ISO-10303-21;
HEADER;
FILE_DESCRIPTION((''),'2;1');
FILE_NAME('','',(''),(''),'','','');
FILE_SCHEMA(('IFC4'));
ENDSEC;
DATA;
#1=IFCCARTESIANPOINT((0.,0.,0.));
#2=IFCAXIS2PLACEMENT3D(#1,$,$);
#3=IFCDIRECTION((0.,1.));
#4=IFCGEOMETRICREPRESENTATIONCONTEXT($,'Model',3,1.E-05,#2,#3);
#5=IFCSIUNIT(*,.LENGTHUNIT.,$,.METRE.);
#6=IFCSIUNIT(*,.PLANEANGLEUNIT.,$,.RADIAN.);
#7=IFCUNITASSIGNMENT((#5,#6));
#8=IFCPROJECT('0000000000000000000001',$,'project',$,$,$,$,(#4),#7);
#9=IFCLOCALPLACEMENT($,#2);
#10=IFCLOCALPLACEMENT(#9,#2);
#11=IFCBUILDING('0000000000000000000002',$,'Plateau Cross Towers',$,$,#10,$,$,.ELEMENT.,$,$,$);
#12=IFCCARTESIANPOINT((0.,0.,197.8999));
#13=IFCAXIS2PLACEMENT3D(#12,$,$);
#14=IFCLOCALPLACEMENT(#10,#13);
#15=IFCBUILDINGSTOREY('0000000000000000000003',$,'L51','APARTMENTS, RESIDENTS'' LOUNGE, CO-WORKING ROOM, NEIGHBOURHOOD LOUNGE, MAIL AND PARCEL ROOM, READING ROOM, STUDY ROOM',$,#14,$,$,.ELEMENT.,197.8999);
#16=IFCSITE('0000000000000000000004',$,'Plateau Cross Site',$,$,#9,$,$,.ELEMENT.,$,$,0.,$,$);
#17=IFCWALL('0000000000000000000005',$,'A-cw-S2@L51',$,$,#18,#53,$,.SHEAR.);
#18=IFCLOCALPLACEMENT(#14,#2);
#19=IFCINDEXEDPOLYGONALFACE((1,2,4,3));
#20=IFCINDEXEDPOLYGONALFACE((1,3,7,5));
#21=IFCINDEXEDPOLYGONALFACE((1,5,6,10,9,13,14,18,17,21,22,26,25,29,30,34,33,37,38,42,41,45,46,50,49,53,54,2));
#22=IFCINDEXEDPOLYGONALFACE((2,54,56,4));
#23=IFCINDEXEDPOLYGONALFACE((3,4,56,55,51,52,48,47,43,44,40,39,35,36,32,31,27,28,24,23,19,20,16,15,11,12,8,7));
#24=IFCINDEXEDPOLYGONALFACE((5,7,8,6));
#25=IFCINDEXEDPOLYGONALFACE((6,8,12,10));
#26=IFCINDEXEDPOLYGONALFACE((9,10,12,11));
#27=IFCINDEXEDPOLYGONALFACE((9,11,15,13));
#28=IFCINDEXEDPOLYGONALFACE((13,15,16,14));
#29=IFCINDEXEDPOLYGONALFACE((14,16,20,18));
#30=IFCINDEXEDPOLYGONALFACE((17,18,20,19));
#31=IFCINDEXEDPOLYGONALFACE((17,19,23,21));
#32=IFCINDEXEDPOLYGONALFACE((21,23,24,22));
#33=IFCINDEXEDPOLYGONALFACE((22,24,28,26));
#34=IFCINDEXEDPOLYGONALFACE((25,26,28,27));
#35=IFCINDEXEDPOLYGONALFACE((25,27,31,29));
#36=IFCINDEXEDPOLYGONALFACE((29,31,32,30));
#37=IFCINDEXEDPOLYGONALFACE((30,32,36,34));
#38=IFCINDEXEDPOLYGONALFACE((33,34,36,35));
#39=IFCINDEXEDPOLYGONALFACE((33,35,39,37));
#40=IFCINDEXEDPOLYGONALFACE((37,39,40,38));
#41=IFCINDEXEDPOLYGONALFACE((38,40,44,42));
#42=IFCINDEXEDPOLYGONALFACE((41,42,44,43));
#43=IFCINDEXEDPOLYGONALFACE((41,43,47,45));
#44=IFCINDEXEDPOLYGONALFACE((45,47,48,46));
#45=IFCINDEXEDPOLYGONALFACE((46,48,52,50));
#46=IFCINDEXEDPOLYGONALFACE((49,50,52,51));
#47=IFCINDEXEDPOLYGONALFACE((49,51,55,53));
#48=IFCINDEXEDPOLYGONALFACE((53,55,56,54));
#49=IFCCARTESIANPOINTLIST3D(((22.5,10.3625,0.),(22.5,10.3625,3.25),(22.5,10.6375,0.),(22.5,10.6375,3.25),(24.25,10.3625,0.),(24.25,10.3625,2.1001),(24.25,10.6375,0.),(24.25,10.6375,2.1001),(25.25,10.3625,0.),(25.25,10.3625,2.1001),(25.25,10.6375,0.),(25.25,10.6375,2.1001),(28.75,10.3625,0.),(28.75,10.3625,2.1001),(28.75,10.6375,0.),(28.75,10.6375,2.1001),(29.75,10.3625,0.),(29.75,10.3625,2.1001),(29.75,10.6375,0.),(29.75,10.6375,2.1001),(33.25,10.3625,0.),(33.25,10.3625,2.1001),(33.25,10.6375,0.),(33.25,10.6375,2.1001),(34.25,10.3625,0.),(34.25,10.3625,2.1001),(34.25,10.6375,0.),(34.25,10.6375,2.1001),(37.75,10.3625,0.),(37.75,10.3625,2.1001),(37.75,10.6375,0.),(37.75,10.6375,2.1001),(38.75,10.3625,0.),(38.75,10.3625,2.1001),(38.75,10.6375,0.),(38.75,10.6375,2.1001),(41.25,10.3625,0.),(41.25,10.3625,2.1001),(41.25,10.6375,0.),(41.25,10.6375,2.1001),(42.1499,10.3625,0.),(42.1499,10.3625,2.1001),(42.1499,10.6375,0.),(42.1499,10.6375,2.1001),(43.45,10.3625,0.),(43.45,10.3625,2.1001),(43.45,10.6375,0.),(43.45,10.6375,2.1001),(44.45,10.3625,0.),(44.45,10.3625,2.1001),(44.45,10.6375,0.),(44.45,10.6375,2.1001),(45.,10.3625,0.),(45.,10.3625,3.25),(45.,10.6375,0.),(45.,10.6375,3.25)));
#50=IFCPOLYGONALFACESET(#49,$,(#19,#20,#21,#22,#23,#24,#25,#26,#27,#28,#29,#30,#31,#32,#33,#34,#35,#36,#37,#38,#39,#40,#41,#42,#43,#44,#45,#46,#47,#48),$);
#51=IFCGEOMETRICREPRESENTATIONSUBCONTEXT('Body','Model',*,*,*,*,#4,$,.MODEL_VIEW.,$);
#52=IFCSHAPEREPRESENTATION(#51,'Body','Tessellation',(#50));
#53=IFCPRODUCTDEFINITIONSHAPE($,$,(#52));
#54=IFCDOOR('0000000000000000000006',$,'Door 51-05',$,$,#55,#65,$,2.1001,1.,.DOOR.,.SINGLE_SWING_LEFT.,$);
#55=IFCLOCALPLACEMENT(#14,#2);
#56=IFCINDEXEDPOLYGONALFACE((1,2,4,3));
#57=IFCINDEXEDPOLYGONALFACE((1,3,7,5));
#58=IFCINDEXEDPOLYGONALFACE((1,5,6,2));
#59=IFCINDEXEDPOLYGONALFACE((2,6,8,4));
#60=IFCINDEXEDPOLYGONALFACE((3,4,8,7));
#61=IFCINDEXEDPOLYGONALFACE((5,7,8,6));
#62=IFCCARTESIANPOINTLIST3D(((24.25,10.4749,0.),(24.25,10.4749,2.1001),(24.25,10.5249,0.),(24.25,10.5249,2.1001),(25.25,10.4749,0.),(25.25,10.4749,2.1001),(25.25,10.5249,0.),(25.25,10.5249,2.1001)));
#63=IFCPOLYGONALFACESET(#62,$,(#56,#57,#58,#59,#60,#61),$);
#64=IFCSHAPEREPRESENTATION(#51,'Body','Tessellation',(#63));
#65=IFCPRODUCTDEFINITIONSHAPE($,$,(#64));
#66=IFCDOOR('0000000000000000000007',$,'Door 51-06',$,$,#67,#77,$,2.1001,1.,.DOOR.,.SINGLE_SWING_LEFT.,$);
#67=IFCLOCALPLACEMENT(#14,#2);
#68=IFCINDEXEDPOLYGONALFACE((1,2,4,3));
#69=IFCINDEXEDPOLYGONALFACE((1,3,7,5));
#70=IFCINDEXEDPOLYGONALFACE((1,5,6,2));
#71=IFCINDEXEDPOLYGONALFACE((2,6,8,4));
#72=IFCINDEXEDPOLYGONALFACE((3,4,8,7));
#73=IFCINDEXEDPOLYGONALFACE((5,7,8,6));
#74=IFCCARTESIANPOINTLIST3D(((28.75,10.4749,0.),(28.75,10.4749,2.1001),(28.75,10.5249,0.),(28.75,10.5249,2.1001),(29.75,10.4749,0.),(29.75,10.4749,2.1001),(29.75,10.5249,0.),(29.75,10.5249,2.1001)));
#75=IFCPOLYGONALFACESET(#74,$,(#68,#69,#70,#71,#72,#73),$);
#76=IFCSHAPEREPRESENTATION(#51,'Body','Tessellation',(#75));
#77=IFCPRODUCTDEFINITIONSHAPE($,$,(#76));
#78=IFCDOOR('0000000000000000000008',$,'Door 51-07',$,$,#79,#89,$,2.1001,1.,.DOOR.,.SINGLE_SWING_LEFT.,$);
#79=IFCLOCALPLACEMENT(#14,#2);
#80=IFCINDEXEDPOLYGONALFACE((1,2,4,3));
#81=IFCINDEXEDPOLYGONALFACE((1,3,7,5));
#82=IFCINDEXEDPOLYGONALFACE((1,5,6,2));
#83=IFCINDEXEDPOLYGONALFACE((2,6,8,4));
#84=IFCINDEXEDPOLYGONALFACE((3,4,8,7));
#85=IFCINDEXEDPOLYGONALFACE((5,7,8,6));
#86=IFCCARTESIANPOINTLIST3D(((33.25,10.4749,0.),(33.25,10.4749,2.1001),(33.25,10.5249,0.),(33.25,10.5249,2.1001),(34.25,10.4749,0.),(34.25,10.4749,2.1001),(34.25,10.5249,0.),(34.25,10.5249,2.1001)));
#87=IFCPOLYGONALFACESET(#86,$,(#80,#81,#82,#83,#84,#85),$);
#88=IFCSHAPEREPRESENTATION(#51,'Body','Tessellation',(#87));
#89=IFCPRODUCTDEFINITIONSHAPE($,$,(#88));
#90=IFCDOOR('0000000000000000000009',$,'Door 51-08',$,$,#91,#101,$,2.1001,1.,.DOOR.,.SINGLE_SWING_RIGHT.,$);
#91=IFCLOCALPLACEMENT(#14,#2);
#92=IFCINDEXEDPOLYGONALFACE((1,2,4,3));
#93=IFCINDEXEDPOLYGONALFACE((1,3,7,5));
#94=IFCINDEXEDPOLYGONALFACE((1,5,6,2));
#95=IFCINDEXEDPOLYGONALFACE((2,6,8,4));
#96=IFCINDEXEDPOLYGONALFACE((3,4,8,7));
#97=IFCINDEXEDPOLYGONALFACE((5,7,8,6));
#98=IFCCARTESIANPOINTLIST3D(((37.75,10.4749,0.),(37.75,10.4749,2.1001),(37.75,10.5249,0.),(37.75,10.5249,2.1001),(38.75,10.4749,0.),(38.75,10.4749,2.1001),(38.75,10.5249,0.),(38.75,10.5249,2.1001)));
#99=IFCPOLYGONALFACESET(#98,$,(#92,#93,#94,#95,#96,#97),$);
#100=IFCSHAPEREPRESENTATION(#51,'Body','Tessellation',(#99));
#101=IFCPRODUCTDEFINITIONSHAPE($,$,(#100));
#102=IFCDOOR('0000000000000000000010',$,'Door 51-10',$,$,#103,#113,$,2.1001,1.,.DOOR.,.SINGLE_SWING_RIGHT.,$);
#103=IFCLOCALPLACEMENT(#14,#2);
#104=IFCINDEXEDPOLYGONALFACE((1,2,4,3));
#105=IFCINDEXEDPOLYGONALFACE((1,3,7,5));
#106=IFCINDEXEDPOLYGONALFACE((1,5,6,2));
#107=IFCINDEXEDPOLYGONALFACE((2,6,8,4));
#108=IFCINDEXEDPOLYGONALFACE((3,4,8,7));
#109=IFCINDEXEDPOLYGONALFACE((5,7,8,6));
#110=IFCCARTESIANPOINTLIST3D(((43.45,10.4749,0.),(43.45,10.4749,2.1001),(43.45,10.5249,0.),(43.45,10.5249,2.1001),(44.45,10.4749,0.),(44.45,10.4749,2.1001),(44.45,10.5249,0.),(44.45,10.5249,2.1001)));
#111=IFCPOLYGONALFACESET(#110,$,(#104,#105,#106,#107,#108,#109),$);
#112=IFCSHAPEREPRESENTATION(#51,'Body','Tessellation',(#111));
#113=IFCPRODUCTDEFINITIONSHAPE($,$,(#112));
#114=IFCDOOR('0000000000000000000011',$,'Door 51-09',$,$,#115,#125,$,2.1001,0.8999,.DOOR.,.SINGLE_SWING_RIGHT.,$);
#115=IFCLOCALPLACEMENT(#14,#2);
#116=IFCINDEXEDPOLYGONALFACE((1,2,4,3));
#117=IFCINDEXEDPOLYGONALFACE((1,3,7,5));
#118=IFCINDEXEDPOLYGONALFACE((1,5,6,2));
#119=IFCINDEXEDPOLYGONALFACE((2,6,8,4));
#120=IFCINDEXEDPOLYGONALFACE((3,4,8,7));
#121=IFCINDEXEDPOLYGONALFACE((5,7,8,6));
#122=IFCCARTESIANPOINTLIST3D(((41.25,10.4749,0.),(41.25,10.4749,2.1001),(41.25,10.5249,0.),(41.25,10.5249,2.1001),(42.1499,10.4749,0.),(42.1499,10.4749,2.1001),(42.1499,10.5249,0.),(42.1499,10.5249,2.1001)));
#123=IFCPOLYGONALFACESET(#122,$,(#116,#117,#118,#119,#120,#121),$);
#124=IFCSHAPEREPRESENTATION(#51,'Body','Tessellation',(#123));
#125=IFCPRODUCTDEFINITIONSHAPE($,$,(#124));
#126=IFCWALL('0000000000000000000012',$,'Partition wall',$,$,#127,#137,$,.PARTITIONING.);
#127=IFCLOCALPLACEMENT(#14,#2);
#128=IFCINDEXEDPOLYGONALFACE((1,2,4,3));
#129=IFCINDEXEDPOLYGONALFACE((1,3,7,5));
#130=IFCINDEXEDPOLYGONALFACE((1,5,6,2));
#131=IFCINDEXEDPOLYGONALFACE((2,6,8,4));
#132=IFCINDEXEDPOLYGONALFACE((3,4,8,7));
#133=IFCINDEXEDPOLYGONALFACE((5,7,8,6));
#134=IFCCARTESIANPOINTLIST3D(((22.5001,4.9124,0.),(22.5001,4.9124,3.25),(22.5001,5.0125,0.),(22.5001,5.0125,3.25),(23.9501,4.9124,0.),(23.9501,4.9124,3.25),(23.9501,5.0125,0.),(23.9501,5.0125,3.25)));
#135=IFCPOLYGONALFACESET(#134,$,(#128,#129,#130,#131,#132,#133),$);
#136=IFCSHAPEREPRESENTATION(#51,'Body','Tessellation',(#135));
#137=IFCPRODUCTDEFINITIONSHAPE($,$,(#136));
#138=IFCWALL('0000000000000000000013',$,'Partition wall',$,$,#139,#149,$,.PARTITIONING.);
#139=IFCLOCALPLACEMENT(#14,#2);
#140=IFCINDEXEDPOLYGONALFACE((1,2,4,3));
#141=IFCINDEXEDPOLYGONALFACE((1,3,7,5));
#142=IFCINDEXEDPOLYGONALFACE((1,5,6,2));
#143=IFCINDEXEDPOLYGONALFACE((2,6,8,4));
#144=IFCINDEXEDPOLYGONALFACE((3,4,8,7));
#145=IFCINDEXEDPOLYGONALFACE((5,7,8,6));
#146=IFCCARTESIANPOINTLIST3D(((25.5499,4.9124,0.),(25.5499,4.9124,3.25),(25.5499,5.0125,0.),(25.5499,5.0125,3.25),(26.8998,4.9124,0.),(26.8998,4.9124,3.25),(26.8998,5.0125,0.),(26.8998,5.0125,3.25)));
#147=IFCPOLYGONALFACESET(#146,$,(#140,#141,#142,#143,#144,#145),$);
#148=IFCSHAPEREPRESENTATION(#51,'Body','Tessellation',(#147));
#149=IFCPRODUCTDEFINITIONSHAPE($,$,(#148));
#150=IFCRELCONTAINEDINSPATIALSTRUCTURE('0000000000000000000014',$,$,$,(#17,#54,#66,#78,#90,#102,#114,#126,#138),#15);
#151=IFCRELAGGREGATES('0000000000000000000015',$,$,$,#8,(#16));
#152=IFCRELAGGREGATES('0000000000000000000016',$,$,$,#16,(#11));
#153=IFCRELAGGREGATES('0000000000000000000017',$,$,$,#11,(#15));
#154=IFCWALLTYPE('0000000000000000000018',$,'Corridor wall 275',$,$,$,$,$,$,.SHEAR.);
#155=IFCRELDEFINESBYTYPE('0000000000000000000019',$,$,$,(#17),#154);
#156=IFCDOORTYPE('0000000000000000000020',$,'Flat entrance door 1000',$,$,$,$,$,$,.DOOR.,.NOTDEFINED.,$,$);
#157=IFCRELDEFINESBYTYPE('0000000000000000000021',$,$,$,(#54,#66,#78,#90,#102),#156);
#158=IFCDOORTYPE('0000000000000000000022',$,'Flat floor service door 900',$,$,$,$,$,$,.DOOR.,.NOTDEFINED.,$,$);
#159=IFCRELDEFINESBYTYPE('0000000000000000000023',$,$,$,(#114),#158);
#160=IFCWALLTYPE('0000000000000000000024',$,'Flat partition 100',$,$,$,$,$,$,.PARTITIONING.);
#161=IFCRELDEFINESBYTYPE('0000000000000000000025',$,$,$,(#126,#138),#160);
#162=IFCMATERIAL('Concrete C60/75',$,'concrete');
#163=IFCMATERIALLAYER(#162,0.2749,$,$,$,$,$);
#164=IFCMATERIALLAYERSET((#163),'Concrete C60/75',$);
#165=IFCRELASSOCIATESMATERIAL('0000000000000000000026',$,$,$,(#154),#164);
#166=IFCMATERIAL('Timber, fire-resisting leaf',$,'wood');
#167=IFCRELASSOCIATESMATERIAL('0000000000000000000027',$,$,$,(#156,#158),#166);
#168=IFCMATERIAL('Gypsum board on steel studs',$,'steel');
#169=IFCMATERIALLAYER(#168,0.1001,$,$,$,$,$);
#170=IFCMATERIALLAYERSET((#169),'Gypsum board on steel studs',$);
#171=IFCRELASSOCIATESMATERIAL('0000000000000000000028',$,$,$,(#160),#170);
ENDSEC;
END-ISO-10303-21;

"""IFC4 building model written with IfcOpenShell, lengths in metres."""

from ifc_helpers import new_model, si_unit, direction, frame, frame_2d, origin, place, context, subcontext, project, spatial, rectangle, extrude, material, layer, layer_set, type_object, element, fill, save


model = new_model("IFC4")

# Units and contexts
model_context = context("Model", 3, precision=1e-05, world=origin(), true_north=direction((0.0, 1.0)))
body_context = subcontext(model_context, "Body", "Model", "MODEL_VIEW")
ifc_project = project(units=[si_unit("LENGTHUNIT", "METRE"), si_unit("PLANEANGLEUNIT", "RADIAN")], contexts=[model_context])

# Site, building, storey
site_placement = place(None, origin())
site = spatial("IfcSite", under=ifc_project, at=site_placement, Name="Plateau Cross Site", CompositionType="ELEMENT", RefElevation=0.0)
building_placement = place(site_placement, origin())
building = spatial("IfcBuilding", under=site, at=building_placement, Name="Plateau Cross Towers", CompositionType="ELEMENT")
storey_placement = place(building_placement, frame((0.0, 0.0, 197.8999)))
storey = spatial("IfcBuildingStorey", under=building, at=storey_placement, Name="L51", Description="APARTMENTS, RESIDENTS' LOUNGE, CO-WORKING ROOM, NEIGHBOURHOOD LOUNGE, MAIL AND PARCEL ROOM, READING ROOM, STUDY ROOM", CompositionType="ELEMENT", Elevation=197.8999)

# Shared definitions
ifc_material_1 = material(Name="Concrete C60/75", Category="concrete")

# Wall, openings, doors
ifc_layer_1 = layer(ifc_material_1, 0.2749)
ifc_layer_set_1 = layer_set([ifc_layer_1], Name="Concrete C60/75")
wall_type_1 = type_object("IfcWallType", Name="Corridor wall 275", PredefinedType="SHEAR", material=ifc_layer_set_1)
ifc_material_2 = material(Name="Timber, fire-resisting leaf", Category="wood")
door_type_1 = type_object("IfcDoorType", Name="Flat entrance door 1000", OperationType="NOTDEFINED", PredefinedType="DOOR", material=ifc_material_2)
wall_1_placement = place(storey_placement, frame((22.5, 10.5, 0.0), z_axis=(0.0, 0.0, 1.0), x_axis=(1.0, 0.0, 0.0)))
wall_1 = element("IfcWall", 1, at=wall_1_placement, inside=storey, type_object=wall_type_1, Name="A-cw-S2@L51", PredefinedType="SHEAR", context=body_context, shape_type="SweptSolid", body=[
    extrude(rectangle(XDim=22.5, YDim=0.2749, at=frame_2d((11.25, 0.0))), origin(), (0.0, 0.0, 1.0), 3.25),
])
opening_1_placement = place(wall_1_placement, frame((1.75, 0.0, 0.0)))
opening_1 = element("IfcOpeningElement", 2, at=opening_1_placement, cuts=wall_1, PredefinedType="OPENING", context=body_context, shape_type="SweptSolid", body=[
    extrude(rectangle(XDim=1.0, YDim=2.1001, at=frame_2d((0.5, 1.05))), frame((0.0, 0.1475, 0.0), z_axis=(0.0, -1.0, 0.0), x_axis=(1.0, 0.0, 0.0)), (0.0, 0.0, 1.0), 0.2949),
])
opening_2_placement = place(wall_1_placement, frame((6.25, 0.0, 0.0)))
opening_2 = element("IfcOpeningElement", 3, at=opening_2_placement, cuts=wall_1, PredefinedType="OPENING", context=body_context, shape_type="SweptSolid", body=[
    extrude(rectangle(XDim=1.0, YDim=2.1001, at=frame_2d((0.5, 1.05))), frame((0.0, 0.1475, 0.0), z_axis=(0.0, -1.0, 0.0), x_axis=(1.0, 0.0, 0.0)), (0.0, 0.0, 1.0), 0.2949),
])
opening_3_placement = place(wall_1_placement, frame((10.75, 0.0, 0.0)))
opening_3 = element("IfcOpeningElement", 4, at=opening_3_placement, cuts=wall_1, PredefinedType="OPENING", context=body_context, shape_type="SweptSolid", body=[
    extrude(rectangle(XDim=1.0, YDim=2.1001, at=frame_2d((0.5, 1.05))), frame((0.0, 0.1475, 0.0), z_axis=(0.0, -1.0, 0.0), x_axis=(1.0, 0.0, 0.0)), (0.0, 0.0, 1.0), 0.2949),
])
opening_4_placement = place(wall_1_placement, frame((15.25, 0.0, 0.0)))
opening_4 = element("IfcOpeningElement", 5, at=opening_4_placement, cuts=wall_1, PredefinedType="OPENING", context=body_context, shape_type="SweptSolid", body=[
    extrude(rectangle(XDim=1.0, YDim=2.1001, at=frame_2d((0.5, 1.05))), frame((0.0, 0.1475, 0.0), z_axis=(0.0, -1.0, 0.0), x_axis=(1.0, 0.0, 0.0)), (0.0, 0.0, 1.0), 0.2949),
])
opening_5_placement = place(wall_1_placement, frame((18.75, 0.0, 0.0)))
opening_5 = element("IfcOpeningElement", 6, at=opening_5_placement, cuts=wall_1, PredefinedType="OPENING", context=body_context, shape_type="SweptSolid", body=[
    extrude(rectangle(XDim=0.8999, YDim=2.1001, at=frame_2d((0.45, 1.05))), frame((0.0, 0.1475, 0.0), z_axis=(0.0, -1.0, 0.0), x_axis=(1.0, 0.0, 0.0)), (0.0, 0.0, 1.0), 0.2949),
])
opening_6_placement = place(wall_1_placement, frame((20.95, 0.0, 0.0)))
opening_6 = element("IfcOpeningElement", 7, at=opening_6_placement, cuts=wall_1, PredefinedType="OPENING", context=body_context, shape_type="SweptSolid", body=[
    extrude(rectangle(XDim=1.0, YDim=2.1001, at=frame_2d((0.5, 1.05))), frame((0.0, 0.1475, 0.0), z_axis=(0.0, -1.0, 0.0), x_axis=(1.0, 0.0, 0.0)), (0.0, 0.0, 1.0), 0.2949),
])
door_1_placement = place(opening_1_placement, origin())
door_1 = element("IfcDoor", 8, at=door_1_placement, inside=storey, type_object=door_type_1, Name="Door 51-05", OperationType="SINGLE_SWING_LEFT", OverallHeight=2.1001, OverallWidth=1.0, PredefinedType="DOOR", context=body_context, shape_type="SweptSolid", body=[
    extrude(rectangle(XDim=1.0, YDim=2.1001, at=frame_2d((0.5, 1.05))), frame((0.0, 0.0249, 0.0), z_axis=(0.0, -1.0, 0.0), x_axis=(1.0, 0.0, 0.0)), (0.0, 0.0, 1.0), 0.05),
])
fill(opening_1, door_1)
door_2_placement = place(opening_2_placement, origin())
door_2 = element("IfcDoor", 9, at=door_2_placement, inside=storey, type_object=door_type_1, Name="Door 51-06", OperationType="SINGLE_SWING_LEFT", OverallHeight=2.1001, OverallWidth=1.0, PredefinedType="DOOR", context=body_context, shape_type="SweptSolid", body=[
    extrude(rectangle(XDim=1.0, YDim=2.1001, at=frame_2d((0.5, 1.05))), frame((0.0, 0.0249, 0.0), z_axis=(0.0, -1.0, 0.0), x_axis=(1.0, 0.0, 0.0)), (0.0, 0.0, 1.0), 0.05),
])
fill(opening_2, door_2)
door_3_placement = place(opening_3_placement, origin())
door_3 = element("IfcDoor", 10, at=door_3_placement, inside=storey, type_object=door_type_1, Name="Door 51-07", OperationType="SINGLE_SWING_LEFT", OverallHeight=2.1001, OverallWidth=1.0, PredefinedType="DOOR", context=body_context, shape_type="SweptSolid", body=[
    extrude(rectangle(XDim=1.0, YDim=2.1001, at=frame_2d((0.5, 1.05))), frame((0.0, 0.0249, 0.0), z_axis=(0.0, -1.0, 0.0), x_axis=(1.0, 0.0, 0.0)), (0.0, 0.0, 1.0), 0.05),
])
fill(opening_3, door_3)
door_4_placement = place(opening_4_placement, origin())
door_4 = element("IfcDoor", 11, at=door_4_placement, inside=storey, type_object=door_type_1, Name="Door 51-08", OperationType="SINGLE_SWING_RIGHT", OverallHeight=2.1001, OverallWidth=1.0, PredefinedType="DOOR", context=body_context, shape_type="SweptSolid", body=[
    extrude(rectangle(XDim=1.0, YDim=2.1001, at=frame_2d((0.5, 1.05))), frame((0.0, 0.0249, 0.0), z_axis=(0.0, -1.0, 0.0), x_axis=(1.0, 0.0, 0.0)), (0.0, 0.0, 1.0), 0.05),
])
fill(opening_4, door_4)
door_5_placement = place(opening_6_placement, origin())
door_5 = element("IfcDoor", 12, at=door_5_placement, inside=storey, type_object=door_type_1, Name="Door 51-10", OperationType="SINGLE_SWING_RIGHT", OverallHeight=2.1001, OverallWidth=1.0, PredefinedType="DOOR", context=body_context, shape_type="SweptSolid", body=[
    extrude(rectangle(XDim=1.0, YDim=2.1001, at=frame_2d((0.5, 1.05))), frame((0.0, 0.0249, 0.0), z_axis=(0.0, -1.0, 0.0), x_axis=(1.0, 0.0, 0.0)), (0.0, 0.0, 1.0), 0.05),
])
fill(opening_6, door_5)
door_type_2 = type_object("IfcDoorType", Name="Flat floor service door 900", OperationType="NOTDEFINED", PredefinedType="DOOR", material=ifc_material_2)
door_6_placement = place(opening_5_placement, origin())
door_6 = element("IfcDoor", 13, at=door_6_placement, inside=storey, type_object=door_type_2, Name="Door 51-09", OperationType="SINGLE_SWING_RIGHT", OverallHeight=2.1001, OverallWidth=0.8999, PredefinedType="DOOR", context=body_context, shape_type="SweptSolid", body=[
    extrude(rectangle(XDim=0.8999, YDim=2.1001, at=frame_2d((0.45, 1.05))), frame((0.0, 0.0249, 0.0), z_axis=(0.0, -1.0, 0.0), x_axis=(1.0, 0.0, 0.0)), (0.0, 0.0, 1.0), 0.05),
])
fill(opening_5, door_6)

# Walls
ifc_material_3 = material(Name="Gypsum board on steel studs", Category="steel")
ifc_layer_2 = layer(ifc_material_3, 0.1001)
ifc_layer_set_2 = layer_set([ifc_layer_2], Name="Gypsum board on steel studs")
wall_type_2 = type_object("IfcWallType", Name="Flat partition 100", PredefinedType="PARTITIONING", material=ifc_layer_set_2)
wall_2_placement = place(storey_placement, frame((22.5, 4.9624, 0.0), z_axis=(0.0, 0.0, 1.0), x_axis=(1.0, 0.0, 0.0)))
element("IfcWall", 14, at=wall_2_placement, inside=storey, type_object=wall_type_2, Name="Partition wall", PredefinedType="PARTITIONING", context=body_context, shape_type="SweptSolid", body=[
    extrude(rectangle(XDim=1.45, YDim=0.1001, at=frame_2d((0.7251, 0.0))), origin(), (0.0, 0.0, 1.0), 3.25),
])
wall_3_placement = place(storey_placement, frame((25.55, 4.9624, 0.0), z_axis=(0.0, 0.0, 1.0), x_axis=(1.0, 0.0, 0.0)))
element("IfcWall", 15, at=wall_3_placement, inside=storey, type_object=wall_type_2, Name="Partition wall", PredefinedType="PARTITIONING", context=body_context, shape_type="SweptSolid", body=[
    extrude(rectangle(XDim=1.3499, YDim=0.1001, at=frame_2d((0.6748, 0.0))), origin(), (0.0, 0.0, 1.0), 3.25),
])

save(model, "model.ifc")
